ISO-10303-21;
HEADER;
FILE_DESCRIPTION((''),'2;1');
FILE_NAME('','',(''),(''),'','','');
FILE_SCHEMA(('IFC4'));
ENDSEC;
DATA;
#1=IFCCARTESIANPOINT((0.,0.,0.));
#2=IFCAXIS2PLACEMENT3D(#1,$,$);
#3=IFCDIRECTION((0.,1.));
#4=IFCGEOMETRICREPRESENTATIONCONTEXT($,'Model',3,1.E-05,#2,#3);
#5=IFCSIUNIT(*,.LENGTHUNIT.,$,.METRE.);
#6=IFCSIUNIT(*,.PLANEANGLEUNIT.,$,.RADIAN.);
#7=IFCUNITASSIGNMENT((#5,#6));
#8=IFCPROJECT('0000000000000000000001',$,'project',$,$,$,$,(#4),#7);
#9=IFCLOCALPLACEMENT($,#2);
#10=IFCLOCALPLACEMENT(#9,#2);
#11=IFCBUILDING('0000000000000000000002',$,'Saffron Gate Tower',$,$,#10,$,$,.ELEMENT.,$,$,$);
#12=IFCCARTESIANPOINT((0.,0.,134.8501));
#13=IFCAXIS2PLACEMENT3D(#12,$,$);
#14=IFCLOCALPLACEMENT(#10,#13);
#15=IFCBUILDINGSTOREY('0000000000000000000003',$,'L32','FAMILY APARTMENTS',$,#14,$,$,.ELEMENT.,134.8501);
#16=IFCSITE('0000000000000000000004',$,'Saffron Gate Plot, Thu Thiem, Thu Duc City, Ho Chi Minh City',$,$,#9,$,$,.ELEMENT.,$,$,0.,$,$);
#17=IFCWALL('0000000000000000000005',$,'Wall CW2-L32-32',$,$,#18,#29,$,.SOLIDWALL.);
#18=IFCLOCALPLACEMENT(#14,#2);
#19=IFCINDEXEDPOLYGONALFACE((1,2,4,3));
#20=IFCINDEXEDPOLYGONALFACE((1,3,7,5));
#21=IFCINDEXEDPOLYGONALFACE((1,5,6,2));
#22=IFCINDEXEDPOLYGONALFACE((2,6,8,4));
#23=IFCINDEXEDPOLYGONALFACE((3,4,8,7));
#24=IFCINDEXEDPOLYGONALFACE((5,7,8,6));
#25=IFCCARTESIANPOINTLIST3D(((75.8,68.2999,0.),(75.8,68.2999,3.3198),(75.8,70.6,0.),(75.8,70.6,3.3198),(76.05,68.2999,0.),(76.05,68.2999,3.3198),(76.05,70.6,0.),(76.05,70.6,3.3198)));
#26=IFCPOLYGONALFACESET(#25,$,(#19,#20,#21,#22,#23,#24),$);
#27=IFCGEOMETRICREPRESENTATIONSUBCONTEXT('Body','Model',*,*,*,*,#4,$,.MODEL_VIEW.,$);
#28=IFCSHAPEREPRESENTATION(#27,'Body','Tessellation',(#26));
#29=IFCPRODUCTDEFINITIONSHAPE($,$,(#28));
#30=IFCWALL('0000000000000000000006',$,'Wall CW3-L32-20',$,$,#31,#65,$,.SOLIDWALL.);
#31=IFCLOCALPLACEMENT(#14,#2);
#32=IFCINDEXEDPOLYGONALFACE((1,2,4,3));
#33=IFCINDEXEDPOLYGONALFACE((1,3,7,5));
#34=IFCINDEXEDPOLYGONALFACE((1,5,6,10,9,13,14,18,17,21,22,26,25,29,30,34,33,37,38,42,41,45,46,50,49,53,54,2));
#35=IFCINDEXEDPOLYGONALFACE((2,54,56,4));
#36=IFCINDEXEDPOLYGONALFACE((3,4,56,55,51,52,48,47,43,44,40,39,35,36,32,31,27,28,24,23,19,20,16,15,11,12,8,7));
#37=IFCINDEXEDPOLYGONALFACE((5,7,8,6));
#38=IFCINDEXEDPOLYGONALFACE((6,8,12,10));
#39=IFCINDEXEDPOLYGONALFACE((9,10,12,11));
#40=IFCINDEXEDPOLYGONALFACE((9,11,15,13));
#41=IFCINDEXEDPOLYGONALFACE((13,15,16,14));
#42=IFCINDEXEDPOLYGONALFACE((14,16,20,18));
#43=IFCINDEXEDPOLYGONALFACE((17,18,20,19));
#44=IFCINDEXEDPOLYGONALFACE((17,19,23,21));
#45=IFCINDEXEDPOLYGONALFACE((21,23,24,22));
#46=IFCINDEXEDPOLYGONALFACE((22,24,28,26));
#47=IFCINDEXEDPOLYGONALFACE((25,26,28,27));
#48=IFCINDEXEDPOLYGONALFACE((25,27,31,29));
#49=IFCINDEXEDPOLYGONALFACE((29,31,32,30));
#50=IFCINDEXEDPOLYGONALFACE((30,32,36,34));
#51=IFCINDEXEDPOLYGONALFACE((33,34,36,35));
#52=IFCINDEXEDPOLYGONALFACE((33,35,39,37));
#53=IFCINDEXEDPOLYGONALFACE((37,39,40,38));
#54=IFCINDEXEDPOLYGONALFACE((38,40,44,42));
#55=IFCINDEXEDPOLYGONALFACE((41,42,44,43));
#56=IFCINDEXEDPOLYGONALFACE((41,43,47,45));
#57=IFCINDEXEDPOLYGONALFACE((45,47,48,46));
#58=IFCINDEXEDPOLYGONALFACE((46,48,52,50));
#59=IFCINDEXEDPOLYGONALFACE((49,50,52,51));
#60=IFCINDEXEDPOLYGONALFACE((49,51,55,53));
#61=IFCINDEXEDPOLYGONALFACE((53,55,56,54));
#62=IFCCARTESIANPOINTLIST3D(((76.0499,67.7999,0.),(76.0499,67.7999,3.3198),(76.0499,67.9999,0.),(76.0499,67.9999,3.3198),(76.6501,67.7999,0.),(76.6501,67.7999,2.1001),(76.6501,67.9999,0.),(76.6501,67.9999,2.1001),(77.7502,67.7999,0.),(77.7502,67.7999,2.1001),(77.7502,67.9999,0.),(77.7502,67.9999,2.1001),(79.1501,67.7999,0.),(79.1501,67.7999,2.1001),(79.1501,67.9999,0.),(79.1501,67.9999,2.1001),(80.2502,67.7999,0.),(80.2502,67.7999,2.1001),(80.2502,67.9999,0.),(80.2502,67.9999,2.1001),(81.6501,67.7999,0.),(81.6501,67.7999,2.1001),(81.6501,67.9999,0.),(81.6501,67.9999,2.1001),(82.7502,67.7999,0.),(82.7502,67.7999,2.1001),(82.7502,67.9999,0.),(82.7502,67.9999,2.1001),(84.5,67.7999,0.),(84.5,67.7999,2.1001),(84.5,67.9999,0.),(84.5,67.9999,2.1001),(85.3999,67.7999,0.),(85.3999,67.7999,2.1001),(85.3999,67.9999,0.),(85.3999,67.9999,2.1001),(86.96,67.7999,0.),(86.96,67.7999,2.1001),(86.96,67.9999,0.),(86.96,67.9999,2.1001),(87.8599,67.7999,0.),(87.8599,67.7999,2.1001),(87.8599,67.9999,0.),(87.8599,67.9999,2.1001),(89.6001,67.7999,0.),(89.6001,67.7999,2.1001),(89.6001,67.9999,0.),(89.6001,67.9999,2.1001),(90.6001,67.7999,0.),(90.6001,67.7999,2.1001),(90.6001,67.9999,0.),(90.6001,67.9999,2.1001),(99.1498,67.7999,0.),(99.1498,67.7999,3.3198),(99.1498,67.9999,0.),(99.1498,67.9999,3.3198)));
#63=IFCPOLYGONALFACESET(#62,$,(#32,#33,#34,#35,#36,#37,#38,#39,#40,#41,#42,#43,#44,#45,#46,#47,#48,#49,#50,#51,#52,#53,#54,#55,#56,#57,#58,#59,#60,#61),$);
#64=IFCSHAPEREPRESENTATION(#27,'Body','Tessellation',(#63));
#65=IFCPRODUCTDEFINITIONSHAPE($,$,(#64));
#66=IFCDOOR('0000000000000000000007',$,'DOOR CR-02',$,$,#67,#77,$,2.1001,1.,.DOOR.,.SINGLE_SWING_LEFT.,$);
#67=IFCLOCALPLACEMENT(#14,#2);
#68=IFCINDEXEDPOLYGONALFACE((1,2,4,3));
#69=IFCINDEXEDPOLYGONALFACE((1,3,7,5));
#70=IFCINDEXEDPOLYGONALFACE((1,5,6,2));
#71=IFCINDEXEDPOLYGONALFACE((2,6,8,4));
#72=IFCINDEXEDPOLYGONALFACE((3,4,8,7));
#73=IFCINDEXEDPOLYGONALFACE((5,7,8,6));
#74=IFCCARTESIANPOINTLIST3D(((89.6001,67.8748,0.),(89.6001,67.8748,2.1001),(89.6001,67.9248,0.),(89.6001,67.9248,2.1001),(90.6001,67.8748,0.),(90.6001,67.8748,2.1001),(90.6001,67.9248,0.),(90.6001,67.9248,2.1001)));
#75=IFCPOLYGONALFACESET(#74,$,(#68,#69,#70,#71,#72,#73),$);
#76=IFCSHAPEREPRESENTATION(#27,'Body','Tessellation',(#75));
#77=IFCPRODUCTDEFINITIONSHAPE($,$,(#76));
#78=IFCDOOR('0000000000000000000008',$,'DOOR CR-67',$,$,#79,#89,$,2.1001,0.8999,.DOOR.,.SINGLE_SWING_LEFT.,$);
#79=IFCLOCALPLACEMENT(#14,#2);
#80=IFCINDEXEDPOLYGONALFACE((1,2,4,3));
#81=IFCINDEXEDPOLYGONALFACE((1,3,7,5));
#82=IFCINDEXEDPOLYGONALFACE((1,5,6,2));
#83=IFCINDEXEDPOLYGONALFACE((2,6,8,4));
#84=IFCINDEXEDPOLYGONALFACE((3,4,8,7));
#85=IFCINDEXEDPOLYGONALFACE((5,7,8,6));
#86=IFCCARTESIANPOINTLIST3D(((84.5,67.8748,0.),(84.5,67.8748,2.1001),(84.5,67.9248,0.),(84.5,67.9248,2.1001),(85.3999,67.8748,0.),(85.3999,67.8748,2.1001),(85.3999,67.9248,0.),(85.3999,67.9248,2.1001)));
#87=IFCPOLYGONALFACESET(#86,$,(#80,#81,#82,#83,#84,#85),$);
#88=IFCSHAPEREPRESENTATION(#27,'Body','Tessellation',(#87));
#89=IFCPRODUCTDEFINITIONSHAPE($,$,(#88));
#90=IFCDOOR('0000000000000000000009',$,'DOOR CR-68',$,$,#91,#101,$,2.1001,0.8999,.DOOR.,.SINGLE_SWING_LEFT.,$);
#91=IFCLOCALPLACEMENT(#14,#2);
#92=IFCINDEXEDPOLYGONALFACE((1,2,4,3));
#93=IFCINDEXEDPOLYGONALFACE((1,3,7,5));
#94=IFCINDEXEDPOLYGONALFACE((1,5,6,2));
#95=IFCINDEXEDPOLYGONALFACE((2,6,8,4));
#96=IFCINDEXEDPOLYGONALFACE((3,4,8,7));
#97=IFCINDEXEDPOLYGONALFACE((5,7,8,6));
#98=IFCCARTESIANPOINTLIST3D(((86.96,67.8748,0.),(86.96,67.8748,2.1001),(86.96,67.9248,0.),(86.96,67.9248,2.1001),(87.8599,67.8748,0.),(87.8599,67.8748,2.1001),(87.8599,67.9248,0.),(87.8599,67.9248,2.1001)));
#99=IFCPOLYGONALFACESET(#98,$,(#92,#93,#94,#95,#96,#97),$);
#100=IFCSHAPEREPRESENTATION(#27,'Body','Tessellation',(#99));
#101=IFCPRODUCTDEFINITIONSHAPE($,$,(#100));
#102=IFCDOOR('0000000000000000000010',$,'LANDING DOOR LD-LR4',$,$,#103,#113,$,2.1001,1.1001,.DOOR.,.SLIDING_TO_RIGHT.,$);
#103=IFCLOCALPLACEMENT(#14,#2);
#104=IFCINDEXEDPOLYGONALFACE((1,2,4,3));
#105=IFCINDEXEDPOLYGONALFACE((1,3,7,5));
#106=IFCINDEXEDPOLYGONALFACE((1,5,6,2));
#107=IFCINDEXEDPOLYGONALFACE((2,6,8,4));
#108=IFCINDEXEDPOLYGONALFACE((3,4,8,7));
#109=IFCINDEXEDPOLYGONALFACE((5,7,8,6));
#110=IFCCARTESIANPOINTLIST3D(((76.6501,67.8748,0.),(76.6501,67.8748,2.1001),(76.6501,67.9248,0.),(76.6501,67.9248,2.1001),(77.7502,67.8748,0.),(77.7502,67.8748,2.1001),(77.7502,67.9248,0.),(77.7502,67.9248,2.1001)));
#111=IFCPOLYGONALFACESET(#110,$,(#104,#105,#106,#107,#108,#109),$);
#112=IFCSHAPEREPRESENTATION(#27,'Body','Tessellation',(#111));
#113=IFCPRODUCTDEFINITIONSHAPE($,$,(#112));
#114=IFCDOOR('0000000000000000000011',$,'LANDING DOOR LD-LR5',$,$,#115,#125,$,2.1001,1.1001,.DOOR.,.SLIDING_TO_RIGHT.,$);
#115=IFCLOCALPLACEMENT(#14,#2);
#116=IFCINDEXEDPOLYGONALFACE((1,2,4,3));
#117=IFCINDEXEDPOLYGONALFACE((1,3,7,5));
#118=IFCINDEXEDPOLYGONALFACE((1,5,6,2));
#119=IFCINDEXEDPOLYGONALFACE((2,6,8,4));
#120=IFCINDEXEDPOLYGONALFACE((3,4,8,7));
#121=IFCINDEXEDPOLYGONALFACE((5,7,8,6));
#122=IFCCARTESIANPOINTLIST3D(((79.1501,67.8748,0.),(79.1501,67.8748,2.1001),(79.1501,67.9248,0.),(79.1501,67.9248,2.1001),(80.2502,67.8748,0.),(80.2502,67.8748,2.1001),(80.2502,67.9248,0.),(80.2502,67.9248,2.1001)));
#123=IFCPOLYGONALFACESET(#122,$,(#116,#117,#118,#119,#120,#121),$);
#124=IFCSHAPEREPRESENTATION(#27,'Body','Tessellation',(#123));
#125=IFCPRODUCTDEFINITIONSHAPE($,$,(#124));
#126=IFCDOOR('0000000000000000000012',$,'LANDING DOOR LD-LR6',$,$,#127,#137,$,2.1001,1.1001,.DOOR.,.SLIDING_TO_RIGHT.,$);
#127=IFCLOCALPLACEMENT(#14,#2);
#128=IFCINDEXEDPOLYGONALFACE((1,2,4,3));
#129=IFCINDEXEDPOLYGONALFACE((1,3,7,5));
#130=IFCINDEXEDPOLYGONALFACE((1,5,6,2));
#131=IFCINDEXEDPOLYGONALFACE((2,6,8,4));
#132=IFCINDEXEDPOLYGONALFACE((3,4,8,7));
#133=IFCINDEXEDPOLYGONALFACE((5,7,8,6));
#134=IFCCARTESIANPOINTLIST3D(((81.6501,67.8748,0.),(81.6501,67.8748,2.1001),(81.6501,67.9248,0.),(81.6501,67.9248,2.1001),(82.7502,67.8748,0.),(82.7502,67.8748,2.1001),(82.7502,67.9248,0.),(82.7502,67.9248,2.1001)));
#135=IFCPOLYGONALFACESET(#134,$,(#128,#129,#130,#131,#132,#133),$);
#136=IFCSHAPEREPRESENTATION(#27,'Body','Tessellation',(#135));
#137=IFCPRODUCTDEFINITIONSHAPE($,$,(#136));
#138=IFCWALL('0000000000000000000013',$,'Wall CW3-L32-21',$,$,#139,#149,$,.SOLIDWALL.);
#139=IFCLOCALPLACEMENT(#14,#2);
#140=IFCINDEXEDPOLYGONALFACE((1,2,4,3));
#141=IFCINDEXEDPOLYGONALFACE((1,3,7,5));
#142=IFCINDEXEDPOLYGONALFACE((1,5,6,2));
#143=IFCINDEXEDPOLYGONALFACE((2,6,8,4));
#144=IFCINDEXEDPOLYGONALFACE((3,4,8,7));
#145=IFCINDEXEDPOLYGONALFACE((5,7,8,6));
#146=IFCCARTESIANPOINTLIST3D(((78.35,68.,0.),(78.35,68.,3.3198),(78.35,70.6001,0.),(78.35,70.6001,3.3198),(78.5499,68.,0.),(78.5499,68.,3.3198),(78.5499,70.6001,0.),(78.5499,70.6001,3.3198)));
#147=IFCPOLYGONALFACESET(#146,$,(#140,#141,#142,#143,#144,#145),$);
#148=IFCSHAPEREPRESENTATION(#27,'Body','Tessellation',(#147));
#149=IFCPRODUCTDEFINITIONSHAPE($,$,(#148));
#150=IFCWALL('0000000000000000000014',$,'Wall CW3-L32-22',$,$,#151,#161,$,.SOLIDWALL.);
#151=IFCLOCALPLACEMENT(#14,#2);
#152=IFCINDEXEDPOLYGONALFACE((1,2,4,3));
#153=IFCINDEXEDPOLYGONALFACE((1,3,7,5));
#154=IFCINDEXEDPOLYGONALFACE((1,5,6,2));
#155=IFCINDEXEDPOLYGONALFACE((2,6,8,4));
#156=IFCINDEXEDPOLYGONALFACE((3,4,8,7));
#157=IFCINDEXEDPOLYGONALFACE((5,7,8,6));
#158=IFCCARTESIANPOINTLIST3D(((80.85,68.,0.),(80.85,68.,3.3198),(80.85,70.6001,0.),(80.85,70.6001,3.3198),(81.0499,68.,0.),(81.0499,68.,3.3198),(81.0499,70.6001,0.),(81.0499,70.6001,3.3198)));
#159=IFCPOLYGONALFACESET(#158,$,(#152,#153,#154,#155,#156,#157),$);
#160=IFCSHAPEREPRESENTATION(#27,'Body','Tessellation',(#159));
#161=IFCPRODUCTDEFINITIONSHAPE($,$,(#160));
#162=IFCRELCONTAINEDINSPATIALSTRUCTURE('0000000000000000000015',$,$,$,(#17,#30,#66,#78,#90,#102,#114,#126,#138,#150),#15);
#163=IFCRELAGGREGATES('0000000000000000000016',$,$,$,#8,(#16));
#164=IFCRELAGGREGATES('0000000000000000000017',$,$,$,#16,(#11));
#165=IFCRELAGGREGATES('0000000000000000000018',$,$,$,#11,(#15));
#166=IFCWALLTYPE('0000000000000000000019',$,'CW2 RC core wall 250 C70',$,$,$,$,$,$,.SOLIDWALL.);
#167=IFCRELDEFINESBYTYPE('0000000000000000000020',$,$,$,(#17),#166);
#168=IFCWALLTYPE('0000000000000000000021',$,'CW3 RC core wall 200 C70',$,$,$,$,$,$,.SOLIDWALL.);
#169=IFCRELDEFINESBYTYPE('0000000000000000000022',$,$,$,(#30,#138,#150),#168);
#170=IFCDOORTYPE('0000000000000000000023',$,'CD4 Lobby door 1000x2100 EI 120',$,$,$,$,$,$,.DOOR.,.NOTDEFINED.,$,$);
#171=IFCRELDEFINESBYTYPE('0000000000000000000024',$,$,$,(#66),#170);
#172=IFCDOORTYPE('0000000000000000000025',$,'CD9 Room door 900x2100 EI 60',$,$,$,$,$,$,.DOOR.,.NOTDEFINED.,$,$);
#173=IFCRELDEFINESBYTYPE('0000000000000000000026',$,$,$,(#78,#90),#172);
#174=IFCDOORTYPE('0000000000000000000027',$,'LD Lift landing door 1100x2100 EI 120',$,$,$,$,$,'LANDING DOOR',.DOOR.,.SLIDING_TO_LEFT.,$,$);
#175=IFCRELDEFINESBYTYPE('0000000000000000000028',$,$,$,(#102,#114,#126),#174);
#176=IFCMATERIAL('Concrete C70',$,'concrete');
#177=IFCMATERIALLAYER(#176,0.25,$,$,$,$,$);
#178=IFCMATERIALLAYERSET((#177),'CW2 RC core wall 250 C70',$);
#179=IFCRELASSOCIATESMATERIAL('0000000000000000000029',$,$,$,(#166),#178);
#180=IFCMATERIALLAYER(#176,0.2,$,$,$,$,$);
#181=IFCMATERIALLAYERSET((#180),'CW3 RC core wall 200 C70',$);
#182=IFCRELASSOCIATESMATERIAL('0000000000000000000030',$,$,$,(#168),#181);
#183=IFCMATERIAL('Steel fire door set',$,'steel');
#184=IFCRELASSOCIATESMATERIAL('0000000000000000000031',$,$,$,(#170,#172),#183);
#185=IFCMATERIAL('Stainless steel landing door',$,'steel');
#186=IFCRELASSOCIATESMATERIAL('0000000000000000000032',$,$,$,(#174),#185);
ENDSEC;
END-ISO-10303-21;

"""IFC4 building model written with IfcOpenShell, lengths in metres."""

from ifc_helpers import new_model, si_unit, direction, frame, frame_2d, origin, place, context, subcontext, project, spatial, rectangle, extrude, material, layer, layer_set, type_object, element, fill, save


model = new_model("IFC4")

# Units and contexts
model_context = context("Model", 3, precision=1e-05, world=origin(), true_north=direction((0.0, 1.0)))
body_context = subcontext(model_context, "Body", "Model", "MODEL_VIEW")
ifc_project = project(units=[si_unit("LENGTHUNIT", "METRE"), si_unit("PLANEANGLEUNIT", "RADIAN")], contexts=[model_context])

# Site, building, storey
site_placement = place(None, origin())
site = spatial("IfcSite", under=ifc_project, at=site_placement, Name="Saffron Gate Plot, Thu Thiem, Thu Duc City, Ho Chi Minh City", CompositionType="ELEMENT", RefElevation=0.0)
building_placement = place(site_placement, origin())
building = spatial("IfcBuilding", under=site, at=building_placement, Name="Saffron Gate Tower", CompositionType="ELEMENT")
storey_placement = place(building_placement, frame((0.0, 0.0, 134.8501)))
storey = spatial("IfcBuildingStorey", under=building, at=storey_placement, Name="L32", Description="FAMILY APARTMENTS", CompositionType="ELEMENT", Elevation=134.8501)

# Wall
ifc_material_1 = material(Name="Concrete C70", Category="concrete")
ifc_layer_1 = layer(ifc_material_1, 0.25)
ifc_layer_set_1 = layer_set([ifc_layer_1], Name="CW2 RC core wall 250 C70")
wall_type_1 = type_object("IfcWallType", Name="CW2 RC core wall 250 C70", PredefinedType="SOLIDWALL", material=ifc_layer_set_1)
wall_1_placement = place(storey_placement, frame((75.925, 68.3, 0.0), z_axis=(0.0, 0.0, 1.0), x_axis=(0.0, 1.0, 0.0)))
element("IfcWall", 1, at=wall_1_placement, inside=storey, type_object=wall_type_1, Name="Wall CW2-L32-32", PredefinedType="SOLIDWALL", context=body_context, shape_type="SweptSolid", body=[
    extrude(rectangle(XDim=2.3, YDim=0.25, at=frame_2d((1.1499, 0.0))), origin(), (0.0, 0.0, 1.0), 3.3198),
])

# Wall, openings, doors
ifc_layer_2 = layer(ifc_material_1, 0.2)
ifc_layer_set_2 = layer_set([ifc_layer_2], Name="CW3 RC core wall 200 C70")
wall_type_2 = type_object("IfcWallType", Name="CW3 RC core wall 200 C70", PredefinedType="SOLIDWALL", material=ifc_layer_set_2)
wall_2_placement = place(storey_placement, frame((76.05, 67.8999, 0.0), z_axis=(0.0, 0.0, 1.0), x_axis=(1.0, 0.0, 0.0)))
wall_2 = element("IfcWall", 2, at=wall_2_placement, inside=storey, type_object=wall_type_2, Name="Wall CW3-L32-20", PredefinedType="SOLIDWALL", context=body_context, shape_type="SweptSolid", body=[
    extrude(rectangle(XDim=23.0999, YDim=0.2, at=frame_2d((11.5498, 0.0))), origin(), (0.0, 0.0, 1.0), 3.3198),
])
opening_1_placement = place(wall_2_placement, frame((0.6001, 0.0, 0.0)))
opening_1 = element("IfcOpeningElement", 3, at=opening_1_placement, cuts=wall_2, PredefinedType="OPENING", context=body_context, shape_type="SweptSolid", body=[
    extrude(rectangle(XDim=1.1001, YDim=2.1001, at=frame_2d((0.55, 1.05))), frame((0.0, 0.1099, 0.0), z_axis=(0.0, -1.0, 0.0), x_axis=(1.0, 0.0, 0.0)), (0.0, 0.0, 1.0), 0.22),
])
opening_2_placement = place(wall_2_placement, frame((3.1001, 0.0, 0.0)))
opening_2 = element("IfcOpeningElement", 4, at=opening_2_placement, cuts=wall_2, PredefinedType="OPENING", context=body_context, shape_type="SweptSolid", body=[
    extrude(rectangle(XDim=1.1001, YDim=2.1001, at=frame_2d((0.55, 1.05))), frame((0.0, 0.1099, 0.0), z_axis=(0.0, -1.0, 0.0), x_axis=(1.0, 0.0, 0.0)), (0.0, 0.0, 1.0), 0.22),
])
opening_3_placement = place(wall_2_placement, frame((5.6001, 0.0, 0.0)))
opening_3 = element("IfcOpeningElement", 5, at=opening_3_placement, cuts=wall_2, PredefinedType="OPENING", context=body_context, shape_type="SweptSolid", body=[
    extrude(rectangle(XDim=1.1001, YDim=2.1001, at=frame_2d((0.55, 1.05))), frame((0.0, 0.1099, 0.0), z_axis=(0.0, -1.0, 0.0), x_axis=(1.0, 0.0, 0.0)), (0.0, 0.0, 1.0), 0.22),
])
opening_4_placement = place(wall_2_placement, frame((8.45, 0.0, 0.0)))
opening_4 = element("IfcOpeningElement", 6, at=opening_4_placement, cuts=wall_2, PredefinedType="OPENING", context=body_context, shape_type="SweptSolid", body=[
    extrude(rectangle(XDim=0.8999, YDim=2.1001, at=frame_2d((0.45, 1.05))), frame((0.0, 0.1099, 0.0), z_axis=(0.0, -1.0, 0.0), x_axis=(1.0, 0.0, 0.0)), (0.0, 0.0, 1.0), 0.22),
])
opening_5_placement = place(wall_2_placement, frame((10.9099, 0.0, 0.0)))
opening_5 = element("IfcOpeningElement", 7, at=opening_5_placement, cuts=wall_2, PredefinedType="OPENING", context=body_context, shape_type="SweptSolid", body=[
    extrude(rectangle(XDim=0.8999, YDim=2.1001, at=frame_2d((0.45, 1.05))), frame((0.0, 0.1099, 0.0), z_axis=(0.0, -1.0, 0.0), x_axis=(1.0, 0.0, 0.0)), (0.0, 0.0, 1.0), 0.22),
])
opening_6_placement = place(wall_2_placement, frame((13.55, 0.0, 0.0)))
opening_6 = element("IfcOpeningElement", 8, at=opening_6_placement, cuts=wall_2, PredefinedType="OPENING", context=body_context, shape_type="SweptSolid", body=[
    extrude(rectangle(XDim=1.0, YDim=2.1001, at=frame_2d((0.5, 1.05))), frame((0.0, 0.1099, 0.0), z_axis=(0.0, -1.0, 0.0), x_axis=(1.0, 0.0, 0.0)), (0.0, 0.0, 1.0), 0.22),
])
ifc_material_2 = material(Name="Steel fire door set", Category="steel")
door_type_1 = type_object("IfcDoorType", Name="CD4 Lobby door 1000x2100 EI 120", OperationType="NOTDEFINED", PredefinedType="DOOR", material=ifc_material_2)
door_1_placement = place(opening_6_placement, origin())
door_1 = element("IfcDoor", 9, at=door_1_placement, inside=storey, type_object=door_type_1, Name="DOOR CR-02", OperationType="SINGLE_SWING_LEFT", OverallHeight=2.1001, OverallWidth=1.0, PredefinedType="DOOR", context=body_context, shape_type="SweptSolid", body=[
    extrude(rectangle(XDim=1.0, YDim=2.1001, at=frame_2d((0.5, 1.05))), frame((0.0, 0.0249, 0.0), z_axis=(0.0, -1.0, 0.0), x_axis=(1.0, 0.0, 0.0)), (0.0, 0.0, 1.0), 0.05),
])
fill(opening_6, door_1)
door_type_2 = type_object("IfcDoorType", Name="CD9 Room door 900x2100 EI 60", OperationType="NOTDEFINED", PredefinedType="DOOR", material=ifc_material_2)
door_2_placement = place(opening_4_placement, origin())
door_2 = element("IfcDoor", 10, at=door_2_placement, inside=storey, type_object=door_type_2, Name="DOOR CR-67", OperationType="SINGLE_SWING_LEFT", OverallHeight=2.1001, OverallWidth=0.8999, PredefinedType="DOOR", context=body_context, shape_type="SweptSolid", body=[
    extrude(rectangle(XDim=0.8999, YDim=2.1001, at=frame_2d((0.45, 1.05))), frame((0.0, 0.0249, 0.0), z_axis=(0.0, -1.0, 0.0), x_axis=(1.0, 0.0, 0.0)), (0.0, 0.0, 1.0), 0.05),
])
fill(opening_4, door_2)
door_3_placement = place(opening_5_placement, origin())
door_3 = element("IfcDoor", 11, at=door_3_placement, inside=storey, type_object=door_type_2, Name="DOOR CR-68", OperationType="SINGLE_SWING_LEFT", OverallHeight=2.1001, OverallWidth=0.8999, PredefinedType="DOOR", context=body_context, shape_type="SweptSolid", body=[
    extrude(rectangle(XDim=0.8999, YDim=2.1001, at=frame_2d((0.45, 1.05))), frame((0.0, 0.0249, 0.0), z_axis=(0.0, -1.0, 0.0), x_axis=(1.0, 0.0, 0.0)), (0.0, 0.0, 1.0), 0.05),
])
fill(opening_5, door_3)
ifc_material_3 = material(Name="Stainless steel landing door", Category="steel")
door_type_3 = type_object("IfcDoorType", Name="LD Lift landing door 1100x2100 EI 120", ElementType="LANDING DOOR", OperationType="SLIDING_TO_LEFT", PredefinedType="DOOR", material=ifc_material_3)
door_4_placement = place(opening_1_placement, origin())
door_4 = element("IfcDoor", 12, at=door_4_placement, inside=storey, type_object=door_type_3, Name="LANDING DOOR LD-LR4", OperationType="SLIDING_TO_RIGHT", OverallHeight=2.1001, OverallWidth=1.1001, PredefinedType="DOOR", context=body_context, shape_type="SweptSolid", body=[
    extrude(rectangle(XDim=1.1001, YDim=2.1001, at=frame_2d((0.55, 1.05))), frame((0.0, 0.0249, 0.0), z_axis=(0.0, -1.0, 0.0), x_axis=(1.0, 0.0, 0.0)), (0.0, 0.0, 1.0), 0.05),
])
fill(opening_1, door_4)
door_5_placement = place(opening_2_placement, origin())
door_5 = element("IfcDoor", 13, at=door_5_placement, inside=storey, type_object=door_type_3, Name="LANDING DOOR LD-LR5", OperationType="SLIDING_TO_RIGHT", OverallHeight=2.1001, OverallWidth=1.1001, PredefinedType="DOOR", context=body_context, shape_type="SweptSolid", body=[
    extrude(rectangle(XDim=1.1001, YDim=2.1001, at=frame_2d((0.55, 1.05))), frame((0.0, 0.0249, 0.0), z_axis=(0.0, -1.0, 0.0), x_axis=(1.0, 0.0, 0.0)), (0.0, 0.0, 1.0), 0.05),
])
fill(opening_2, door_5)
door_6_placement = place(opening_3_placement, origin())
door_6 = element("IfcDoor", 14, at=door_6_placement, inside=storey, type_object=door_type_3, Name="LANDING DOOR LD-LR6", OperationType="SLIDING_TO_RIGHT", OverallHeight=2.1001, OverallWidth=1.1001, PredefinedType="DOOR", context=body_context, shape_type="SweptSolid", body=[
    extrude(rectangle(XDim=1.1001, YDim=2.1001, at=frame_2d((0.55, 1.05))), frame((0.0, 0.0249, 0.0), z_axis=(0.0, -1.0, 0.0), x_axis=(1.0, 0.0, 0.0)), (0.0, 0.0, 1.0), 0.05),
])
fill(opening_3, door_6)

# Walls
for number, where, z_axis, x_axis, name in (
    (15, (78.45, 68.0, 0.0), (0.0, 0.0, 1.0), (0.0, 1.0, 0.0), "Wall CW3-L32-21"),
    (16, (80.95, 68.0, 0.0), (0.0, 0.0, 1.0), (0.0, 1.0, 0.0), "Wall CW3-L32-22"),
):
    element("IfcWall", number, at=place(storey_placement, frame(where, z_axis=z_axis, x_axis=x_axis)), inside=storey, type_object=wall_type_2, Name=name, PredefinedType="SOLIDWALL", context=body_context, shape_type="SweptSolid", body=[
        extrude(rectangle(XDim=2.6001, YDim=0.2, at=frame_2d((1.3, 0.0))), origin(), (0.0, 0.0, 1.0), 3.3198),
    ])

save(model, "model.ifc")
